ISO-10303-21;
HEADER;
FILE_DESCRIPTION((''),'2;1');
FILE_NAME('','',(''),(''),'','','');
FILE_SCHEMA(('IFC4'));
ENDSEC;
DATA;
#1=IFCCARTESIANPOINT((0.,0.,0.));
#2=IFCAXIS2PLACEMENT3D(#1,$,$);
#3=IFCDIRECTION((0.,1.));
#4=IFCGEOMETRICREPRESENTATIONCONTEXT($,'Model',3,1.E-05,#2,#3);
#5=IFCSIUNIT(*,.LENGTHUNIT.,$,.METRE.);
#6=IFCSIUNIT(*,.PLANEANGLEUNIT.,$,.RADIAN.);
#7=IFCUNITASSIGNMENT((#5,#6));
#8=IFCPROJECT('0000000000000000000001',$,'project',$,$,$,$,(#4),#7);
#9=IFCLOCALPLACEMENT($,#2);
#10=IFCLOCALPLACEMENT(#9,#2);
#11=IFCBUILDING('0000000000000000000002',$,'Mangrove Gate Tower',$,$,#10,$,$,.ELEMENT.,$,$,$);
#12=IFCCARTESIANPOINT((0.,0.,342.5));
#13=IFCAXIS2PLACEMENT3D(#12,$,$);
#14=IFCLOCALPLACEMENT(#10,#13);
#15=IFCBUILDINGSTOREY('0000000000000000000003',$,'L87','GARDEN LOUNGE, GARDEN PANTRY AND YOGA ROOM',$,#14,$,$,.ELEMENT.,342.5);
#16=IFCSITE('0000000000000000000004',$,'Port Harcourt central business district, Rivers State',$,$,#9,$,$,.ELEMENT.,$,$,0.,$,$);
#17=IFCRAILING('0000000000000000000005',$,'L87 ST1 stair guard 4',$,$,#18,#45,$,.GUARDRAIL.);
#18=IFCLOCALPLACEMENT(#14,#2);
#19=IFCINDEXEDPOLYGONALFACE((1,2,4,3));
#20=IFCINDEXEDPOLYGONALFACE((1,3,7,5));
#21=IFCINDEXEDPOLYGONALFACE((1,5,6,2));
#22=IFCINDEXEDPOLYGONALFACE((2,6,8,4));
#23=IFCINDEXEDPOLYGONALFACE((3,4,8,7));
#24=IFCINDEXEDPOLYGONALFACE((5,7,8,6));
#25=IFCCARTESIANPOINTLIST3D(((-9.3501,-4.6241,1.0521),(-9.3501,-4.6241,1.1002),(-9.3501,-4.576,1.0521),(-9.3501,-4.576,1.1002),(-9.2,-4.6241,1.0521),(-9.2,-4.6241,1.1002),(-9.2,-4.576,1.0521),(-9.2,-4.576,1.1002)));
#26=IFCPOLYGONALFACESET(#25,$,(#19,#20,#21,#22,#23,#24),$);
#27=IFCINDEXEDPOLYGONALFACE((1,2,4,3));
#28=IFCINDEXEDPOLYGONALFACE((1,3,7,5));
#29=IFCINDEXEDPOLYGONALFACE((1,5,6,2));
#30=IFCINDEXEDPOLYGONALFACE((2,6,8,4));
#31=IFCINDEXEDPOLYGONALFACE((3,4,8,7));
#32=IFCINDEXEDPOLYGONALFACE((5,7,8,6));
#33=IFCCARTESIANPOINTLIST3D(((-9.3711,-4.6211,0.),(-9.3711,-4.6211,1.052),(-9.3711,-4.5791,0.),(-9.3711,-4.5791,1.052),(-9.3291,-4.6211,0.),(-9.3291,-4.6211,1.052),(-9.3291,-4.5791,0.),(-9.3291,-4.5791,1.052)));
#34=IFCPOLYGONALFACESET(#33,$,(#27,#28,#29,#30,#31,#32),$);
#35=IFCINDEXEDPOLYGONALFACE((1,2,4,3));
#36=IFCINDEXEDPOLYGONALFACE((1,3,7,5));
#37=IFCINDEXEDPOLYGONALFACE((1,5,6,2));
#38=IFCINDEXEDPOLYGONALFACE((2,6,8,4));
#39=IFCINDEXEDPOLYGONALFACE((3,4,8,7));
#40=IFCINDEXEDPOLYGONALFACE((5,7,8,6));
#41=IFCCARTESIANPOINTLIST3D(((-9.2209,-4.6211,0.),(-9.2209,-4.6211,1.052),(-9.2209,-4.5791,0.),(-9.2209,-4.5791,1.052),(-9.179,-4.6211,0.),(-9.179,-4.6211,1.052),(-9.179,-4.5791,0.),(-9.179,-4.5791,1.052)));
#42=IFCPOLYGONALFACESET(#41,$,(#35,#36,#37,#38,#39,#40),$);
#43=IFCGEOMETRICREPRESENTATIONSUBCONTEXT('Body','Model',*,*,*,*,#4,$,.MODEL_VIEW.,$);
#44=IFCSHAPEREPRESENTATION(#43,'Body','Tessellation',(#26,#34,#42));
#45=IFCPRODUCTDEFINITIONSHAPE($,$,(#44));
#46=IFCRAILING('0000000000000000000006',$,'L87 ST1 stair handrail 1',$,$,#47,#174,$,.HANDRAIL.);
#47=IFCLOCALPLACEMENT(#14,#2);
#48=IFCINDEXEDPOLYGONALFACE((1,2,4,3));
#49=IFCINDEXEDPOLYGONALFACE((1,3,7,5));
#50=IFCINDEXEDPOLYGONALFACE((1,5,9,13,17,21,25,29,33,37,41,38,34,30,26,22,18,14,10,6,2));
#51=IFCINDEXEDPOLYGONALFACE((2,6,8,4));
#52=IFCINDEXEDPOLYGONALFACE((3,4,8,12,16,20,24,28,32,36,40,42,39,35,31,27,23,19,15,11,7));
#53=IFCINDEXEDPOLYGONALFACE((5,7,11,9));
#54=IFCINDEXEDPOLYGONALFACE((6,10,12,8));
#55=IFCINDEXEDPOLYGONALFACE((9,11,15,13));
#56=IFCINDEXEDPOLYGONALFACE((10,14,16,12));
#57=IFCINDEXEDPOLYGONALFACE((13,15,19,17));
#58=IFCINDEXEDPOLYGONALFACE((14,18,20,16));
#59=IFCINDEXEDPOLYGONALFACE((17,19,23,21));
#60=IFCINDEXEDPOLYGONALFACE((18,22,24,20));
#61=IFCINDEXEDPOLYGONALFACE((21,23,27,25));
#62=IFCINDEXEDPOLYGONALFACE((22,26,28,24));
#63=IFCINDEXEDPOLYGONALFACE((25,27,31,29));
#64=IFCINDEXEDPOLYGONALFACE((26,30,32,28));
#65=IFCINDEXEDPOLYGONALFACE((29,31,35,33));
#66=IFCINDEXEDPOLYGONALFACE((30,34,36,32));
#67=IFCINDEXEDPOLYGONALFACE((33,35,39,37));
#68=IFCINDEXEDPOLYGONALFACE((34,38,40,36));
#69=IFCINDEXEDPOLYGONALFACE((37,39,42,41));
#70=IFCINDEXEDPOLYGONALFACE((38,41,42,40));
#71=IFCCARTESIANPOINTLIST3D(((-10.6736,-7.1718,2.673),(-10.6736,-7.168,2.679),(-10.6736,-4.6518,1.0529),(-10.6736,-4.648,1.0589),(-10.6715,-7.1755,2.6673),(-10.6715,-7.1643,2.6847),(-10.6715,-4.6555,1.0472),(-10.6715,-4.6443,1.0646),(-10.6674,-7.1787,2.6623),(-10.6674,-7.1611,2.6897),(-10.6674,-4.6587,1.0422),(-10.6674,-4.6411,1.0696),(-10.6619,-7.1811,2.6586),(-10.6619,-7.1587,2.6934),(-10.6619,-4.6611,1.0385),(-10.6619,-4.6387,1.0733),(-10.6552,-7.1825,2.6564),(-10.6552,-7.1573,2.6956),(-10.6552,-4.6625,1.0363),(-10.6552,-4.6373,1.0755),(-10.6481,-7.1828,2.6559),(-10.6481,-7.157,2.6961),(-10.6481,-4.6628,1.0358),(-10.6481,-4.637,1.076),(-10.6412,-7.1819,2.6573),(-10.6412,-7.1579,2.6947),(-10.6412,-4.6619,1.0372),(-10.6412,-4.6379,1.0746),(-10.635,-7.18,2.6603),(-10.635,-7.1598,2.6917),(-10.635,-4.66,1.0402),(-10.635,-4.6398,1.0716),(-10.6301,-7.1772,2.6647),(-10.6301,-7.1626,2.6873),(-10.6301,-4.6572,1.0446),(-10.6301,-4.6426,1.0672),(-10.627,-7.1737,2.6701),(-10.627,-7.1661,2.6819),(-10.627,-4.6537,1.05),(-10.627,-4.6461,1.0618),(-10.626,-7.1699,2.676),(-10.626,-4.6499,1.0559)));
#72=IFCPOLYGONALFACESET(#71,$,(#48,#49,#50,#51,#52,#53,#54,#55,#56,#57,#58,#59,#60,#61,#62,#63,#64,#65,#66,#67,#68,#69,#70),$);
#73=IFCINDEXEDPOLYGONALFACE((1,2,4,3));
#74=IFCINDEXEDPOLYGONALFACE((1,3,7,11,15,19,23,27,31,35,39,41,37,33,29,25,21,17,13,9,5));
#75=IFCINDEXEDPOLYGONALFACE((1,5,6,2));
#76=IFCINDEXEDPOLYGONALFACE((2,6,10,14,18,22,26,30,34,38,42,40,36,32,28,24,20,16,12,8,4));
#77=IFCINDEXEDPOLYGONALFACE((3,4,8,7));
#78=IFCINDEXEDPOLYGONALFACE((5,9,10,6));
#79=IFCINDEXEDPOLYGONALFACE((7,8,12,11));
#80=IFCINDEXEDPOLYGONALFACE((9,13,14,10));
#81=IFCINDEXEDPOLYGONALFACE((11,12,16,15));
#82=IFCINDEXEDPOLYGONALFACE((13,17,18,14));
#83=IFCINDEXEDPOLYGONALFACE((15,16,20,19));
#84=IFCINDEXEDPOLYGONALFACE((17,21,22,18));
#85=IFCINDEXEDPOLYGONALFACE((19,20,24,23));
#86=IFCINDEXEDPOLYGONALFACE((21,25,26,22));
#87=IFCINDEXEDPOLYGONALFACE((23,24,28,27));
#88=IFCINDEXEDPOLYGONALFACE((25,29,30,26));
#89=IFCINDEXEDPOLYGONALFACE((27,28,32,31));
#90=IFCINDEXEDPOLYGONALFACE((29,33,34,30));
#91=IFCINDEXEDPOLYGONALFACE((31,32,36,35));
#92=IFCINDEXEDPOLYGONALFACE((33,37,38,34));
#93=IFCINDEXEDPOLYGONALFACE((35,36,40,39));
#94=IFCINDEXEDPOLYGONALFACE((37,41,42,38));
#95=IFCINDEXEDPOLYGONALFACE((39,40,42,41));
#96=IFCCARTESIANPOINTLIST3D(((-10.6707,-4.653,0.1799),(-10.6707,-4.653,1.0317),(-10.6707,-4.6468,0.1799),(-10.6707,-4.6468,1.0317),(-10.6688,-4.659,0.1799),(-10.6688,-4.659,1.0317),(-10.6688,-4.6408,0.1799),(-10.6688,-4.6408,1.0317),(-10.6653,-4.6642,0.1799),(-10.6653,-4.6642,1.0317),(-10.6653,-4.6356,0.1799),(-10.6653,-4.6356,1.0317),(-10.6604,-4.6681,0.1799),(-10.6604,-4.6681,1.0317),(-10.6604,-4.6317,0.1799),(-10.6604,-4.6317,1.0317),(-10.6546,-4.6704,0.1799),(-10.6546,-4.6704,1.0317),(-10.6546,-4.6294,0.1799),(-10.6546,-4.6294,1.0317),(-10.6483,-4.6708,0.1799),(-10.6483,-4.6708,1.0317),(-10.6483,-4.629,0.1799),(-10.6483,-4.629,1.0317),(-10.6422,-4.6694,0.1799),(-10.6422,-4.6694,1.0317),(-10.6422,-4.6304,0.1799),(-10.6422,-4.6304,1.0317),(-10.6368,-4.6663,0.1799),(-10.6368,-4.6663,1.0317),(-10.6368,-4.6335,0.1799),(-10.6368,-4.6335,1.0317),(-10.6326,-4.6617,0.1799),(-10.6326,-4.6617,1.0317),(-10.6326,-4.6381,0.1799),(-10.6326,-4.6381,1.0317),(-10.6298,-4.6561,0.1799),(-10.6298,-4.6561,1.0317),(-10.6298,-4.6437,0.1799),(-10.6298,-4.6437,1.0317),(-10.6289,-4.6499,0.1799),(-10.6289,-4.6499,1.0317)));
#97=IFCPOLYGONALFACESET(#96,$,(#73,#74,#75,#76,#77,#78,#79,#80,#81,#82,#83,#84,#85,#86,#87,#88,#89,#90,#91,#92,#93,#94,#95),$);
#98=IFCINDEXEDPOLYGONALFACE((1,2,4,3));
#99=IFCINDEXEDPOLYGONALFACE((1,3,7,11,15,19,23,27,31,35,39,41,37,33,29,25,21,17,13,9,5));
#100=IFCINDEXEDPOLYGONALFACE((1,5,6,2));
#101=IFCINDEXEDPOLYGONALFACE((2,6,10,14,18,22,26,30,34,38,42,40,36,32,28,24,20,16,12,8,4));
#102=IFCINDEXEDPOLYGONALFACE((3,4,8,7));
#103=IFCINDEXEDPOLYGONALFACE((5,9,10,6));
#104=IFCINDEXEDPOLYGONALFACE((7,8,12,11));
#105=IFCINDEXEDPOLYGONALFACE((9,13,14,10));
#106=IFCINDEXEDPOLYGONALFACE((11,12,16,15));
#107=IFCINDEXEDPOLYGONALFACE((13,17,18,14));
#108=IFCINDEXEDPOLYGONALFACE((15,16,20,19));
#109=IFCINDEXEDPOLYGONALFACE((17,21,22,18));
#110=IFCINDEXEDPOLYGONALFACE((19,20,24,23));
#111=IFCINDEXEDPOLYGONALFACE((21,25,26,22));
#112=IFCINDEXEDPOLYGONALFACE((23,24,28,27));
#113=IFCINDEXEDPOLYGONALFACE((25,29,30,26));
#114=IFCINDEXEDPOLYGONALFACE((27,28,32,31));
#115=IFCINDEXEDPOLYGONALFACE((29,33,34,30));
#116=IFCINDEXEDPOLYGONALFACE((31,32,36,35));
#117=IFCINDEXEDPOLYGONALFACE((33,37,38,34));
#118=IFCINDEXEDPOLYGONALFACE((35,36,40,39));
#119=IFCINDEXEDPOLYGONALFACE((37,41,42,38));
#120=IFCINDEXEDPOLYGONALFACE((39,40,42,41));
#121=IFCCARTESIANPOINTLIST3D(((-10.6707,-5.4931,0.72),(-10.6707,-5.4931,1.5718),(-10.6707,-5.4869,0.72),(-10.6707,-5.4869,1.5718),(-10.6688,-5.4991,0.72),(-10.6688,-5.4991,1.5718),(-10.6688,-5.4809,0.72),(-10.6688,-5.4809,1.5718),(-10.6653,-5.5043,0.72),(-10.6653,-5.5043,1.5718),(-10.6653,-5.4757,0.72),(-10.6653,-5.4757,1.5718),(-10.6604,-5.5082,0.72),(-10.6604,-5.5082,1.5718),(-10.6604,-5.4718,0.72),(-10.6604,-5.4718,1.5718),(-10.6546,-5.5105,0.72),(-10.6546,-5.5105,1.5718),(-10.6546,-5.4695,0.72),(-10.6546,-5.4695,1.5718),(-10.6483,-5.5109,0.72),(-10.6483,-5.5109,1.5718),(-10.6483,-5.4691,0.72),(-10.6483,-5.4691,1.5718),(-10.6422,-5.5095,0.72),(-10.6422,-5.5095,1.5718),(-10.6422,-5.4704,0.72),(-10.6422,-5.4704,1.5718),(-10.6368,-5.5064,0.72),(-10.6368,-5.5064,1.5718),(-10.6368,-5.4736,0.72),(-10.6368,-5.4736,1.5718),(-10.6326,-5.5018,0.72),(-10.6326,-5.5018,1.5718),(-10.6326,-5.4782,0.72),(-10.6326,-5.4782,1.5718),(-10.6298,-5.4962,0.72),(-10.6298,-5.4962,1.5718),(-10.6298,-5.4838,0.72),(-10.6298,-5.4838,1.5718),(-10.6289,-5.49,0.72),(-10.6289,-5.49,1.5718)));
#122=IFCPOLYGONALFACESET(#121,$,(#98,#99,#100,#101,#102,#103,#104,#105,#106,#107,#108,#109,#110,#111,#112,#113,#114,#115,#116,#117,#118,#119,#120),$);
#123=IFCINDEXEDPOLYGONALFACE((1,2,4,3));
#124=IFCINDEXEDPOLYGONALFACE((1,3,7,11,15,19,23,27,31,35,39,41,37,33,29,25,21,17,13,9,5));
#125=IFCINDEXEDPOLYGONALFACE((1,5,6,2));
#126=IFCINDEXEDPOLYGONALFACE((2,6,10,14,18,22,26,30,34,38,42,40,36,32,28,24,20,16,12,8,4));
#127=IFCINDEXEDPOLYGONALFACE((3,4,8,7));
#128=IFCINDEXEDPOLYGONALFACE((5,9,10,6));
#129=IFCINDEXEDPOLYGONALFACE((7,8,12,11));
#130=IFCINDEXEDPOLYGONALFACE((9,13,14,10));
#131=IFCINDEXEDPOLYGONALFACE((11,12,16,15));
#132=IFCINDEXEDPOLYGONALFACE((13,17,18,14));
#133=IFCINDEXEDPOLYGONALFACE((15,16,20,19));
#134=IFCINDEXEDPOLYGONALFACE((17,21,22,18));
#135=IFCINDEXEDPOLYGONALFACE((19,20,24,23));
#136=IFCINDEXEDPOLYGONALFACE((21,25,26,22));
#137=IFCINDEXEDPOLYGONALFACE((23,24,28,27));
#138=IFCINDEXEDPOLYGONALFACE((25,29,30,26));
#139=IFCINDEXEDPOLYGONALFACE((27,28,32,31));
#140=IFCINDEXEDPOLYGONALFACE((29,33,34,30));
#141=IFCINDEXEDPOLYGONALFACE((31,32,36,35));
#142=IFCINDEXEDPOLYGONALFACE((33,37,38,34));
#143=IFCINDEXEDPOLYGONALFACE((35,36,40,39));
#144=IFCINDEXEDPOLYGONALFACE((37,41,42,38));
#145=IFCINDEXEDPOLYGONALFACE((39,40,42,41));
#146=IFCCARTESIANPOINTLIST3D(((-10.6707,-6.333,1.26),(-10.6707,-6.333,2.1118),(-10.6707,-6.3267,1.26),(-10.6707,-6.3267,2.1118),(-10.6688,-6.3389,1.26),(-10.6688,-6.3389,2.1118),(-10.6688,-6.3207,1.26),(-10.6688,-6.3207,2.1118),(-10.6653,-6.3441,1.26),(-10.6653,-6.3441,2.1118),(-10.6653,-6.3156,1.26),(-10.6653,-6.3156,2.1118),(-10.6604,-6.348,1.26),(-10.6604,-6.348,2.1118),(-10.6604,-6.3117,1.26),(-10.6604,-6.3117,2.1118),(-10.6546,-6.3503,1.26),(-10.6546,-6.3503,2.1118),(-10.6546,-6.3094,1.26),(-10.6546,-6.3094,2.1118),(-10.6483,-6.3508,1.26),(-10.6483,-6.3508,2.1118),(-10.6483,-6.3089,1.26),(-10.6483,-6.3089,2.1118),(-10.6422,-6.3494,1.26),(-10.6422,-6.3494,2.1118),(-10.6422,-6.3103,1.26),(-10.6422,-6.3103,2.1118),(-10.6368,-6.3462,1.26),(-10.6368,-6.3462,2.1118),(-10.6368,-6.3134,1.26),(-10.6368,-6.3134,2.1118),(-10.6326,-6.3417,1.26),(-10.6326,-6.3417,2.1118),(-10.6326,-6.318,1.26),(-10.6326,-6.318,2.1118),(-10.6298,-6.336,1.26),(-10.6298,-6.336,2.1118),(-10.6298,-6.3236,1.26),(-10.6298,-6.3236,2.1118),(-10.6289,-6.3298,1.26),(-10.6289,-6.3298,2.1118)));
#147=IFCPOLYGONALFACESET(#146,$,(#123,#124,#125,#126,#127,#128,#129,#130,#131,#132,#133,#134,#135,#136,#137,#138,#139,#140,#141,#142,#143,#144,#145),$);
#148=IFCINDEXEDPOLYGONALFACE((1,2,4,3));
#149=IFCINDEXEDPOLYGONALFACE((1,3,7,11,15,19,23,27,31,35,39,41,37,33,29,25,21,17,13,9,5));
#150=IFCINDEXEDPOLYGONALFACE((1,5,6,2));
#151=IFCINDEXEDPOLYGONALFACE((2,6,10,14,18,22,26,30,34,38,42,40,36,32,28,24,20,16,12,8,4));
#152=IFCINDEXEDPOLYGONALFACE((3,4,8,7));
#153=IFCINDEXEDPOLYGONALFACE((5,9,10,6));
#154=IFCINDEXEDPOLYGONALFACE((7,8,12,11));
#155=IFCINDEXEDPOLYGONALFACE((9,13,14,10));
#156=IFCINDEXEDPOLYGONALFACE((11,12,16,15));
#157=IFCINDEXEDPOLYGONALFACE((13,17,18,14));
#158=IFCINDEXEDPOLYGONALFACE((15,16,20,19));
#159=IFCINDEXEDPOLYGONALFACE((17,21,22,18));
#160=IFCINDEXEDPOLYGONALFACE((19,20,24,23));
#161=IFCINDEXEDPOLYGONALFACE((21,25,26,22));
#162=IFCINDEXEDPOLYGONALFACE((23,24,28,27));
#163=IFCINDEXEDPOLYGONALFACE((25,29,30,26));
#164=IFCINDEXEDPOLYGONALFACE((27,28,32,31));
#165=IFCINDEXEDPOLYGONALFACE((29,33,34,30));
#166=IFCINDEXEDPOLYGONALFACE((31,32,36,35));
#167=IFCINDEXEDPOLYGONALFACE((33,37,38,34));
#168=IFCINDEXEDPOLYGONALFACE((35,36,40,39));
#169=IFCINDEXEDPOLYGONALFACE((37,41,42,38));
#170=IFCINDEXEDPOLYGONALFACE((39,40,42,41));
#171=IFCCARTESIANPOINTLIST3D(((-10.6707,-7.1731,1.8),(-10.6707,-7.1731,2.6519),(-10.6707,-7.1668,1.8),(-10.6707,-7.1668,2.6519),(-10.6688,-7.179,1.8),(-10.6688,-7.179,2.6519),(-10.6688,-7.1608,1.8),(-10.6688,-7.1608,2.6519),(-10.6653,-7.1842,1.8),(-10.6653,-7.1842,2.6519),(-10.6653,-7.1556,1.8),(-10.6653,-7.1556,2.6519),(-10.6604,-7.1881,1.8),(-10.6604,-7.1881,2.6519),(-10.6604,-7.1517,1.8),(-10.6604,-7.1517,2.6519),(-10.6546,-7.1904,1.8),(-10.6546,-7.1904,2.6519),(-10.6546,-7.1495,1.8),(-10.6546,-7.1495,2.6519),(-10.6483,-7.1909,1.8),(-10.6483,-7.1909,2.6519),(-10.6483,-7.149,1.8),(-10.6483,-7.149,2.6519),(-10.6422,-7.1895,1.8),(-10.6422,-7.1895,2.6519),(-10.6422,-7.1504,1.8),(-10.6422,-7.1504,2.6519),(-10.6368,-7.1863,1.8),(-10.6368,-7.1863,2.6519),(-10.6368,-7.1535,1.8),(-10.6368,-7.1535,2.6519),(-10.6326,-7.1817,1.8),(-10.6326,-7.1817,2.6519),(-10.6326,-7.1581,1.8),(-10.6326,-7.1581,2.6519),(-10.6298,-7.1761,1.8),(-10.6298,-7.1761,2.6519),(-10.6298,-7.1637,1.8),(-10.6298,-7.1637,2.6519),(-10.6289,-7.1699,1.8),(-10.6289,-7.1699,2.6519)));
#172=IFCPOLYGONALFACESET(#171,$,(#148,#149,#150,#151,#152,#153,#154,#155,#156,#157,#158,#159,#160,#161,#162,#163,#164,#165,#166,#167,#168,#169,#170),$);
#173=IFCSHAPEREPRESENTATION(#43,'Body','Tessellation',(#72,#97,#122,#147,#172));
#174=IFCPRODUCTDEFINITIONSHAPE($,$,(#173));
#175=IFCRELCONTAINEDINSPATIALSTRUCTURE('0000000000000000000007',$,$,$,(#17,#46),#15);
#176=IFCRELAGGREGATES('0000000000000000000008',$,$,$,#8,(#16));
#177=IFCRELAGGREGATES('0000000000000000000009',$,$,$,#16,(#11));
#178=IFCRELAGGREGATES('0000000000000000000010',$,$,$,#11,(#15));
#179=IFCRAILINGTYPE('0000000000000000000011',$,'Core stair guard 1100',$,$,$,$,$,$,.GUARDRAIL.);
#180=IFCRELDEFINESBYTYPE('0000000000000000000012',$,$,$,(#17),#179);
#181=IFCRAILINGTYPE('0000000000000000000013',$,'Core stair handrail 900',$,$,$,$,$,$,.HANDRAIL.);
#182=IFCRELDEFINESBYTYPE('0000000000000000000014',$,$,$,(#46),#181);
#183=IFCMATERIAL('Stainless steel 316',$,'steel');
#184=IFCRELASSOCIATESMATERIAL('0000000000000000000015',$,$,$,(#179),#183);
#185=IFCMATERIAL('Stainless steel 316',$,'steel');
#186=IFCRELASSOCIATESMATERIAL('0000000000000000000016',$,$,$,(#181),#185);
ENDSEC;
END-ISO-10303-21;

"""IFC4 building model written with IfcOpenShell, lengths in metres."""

from ifc_helpers import new_model, si_unit, direction, frame, origin, origin_2d, place, context, subcontext, project, spatial, rectangle, circle, extrude, material, type_object, element, save


model = new_model("IFC4")

# Units and contexts
model_context = context("Model", 3, precision=1e-05, world=origin(), true_north=direction((0.0, 1.0)))
body_context = subcontext(model_context, "Body", "Model", "MODEL_VIEW")
ifc_project = project(units=[si_unit("LENGTHUNIT", "METRE"), si_unit("PLANEANGLEUNIT", "RADIAN")], contexts=[model_context])

# Site, building, storey
site_placement = place(None, origin())
site = spatial("IfcSite", under=ifc_project, at=site_placement, Name="Port Harcourt central business district, Rivers State", CompositionType="ELEMENT", RefElevation=0.0)
building_placement = place(site_placement, origin())
building = spatial("IfcBuilding", under=site, at=building_placement, Name="Mangrove Gate Tower", CompositionType="ELEMENT")
storey_placement = place(building_placement, frame((0.0, 0.0, 342.5)))
storey = spatial("IfcBuildingStorey", under=building, at=storey_placement, Name="L87", Description="GARDEN LOUNGE, GARDEN PANTRY AND YOGA ROOM", CompositionType="ELEMENT", Elevation=342.5)

# Railings
ifc_material_1 = material(Name="Stainless steel 316", Category="steel")
railing_type_1 = type_object("IfcRailingType", Name="Core stair guard 1100", PredefinedType="GUARDRAIL", material=ifc_material_1)
railing_1_placement = place(storey_placement, frame((-9.3501, -4.6001, 0.0)))
element("IfcRailing", 1, at=railing_1_placement, inside=storey, type_object=railing_type_1, Name="L87 ST1 stair guard 4", PredefinedType="GUARDRAIL", context=body_context, shape_type="SweptSolid", body=[
    extrude(rectangle(XDim=0.0481, YDim=0.0481, at=origin_2d()), frame((0.0, 0.0, 1.0762), z_axis=(1.0, 0.0, 0.0), x_axis=(0.0, 1.0, 0.0)), (0.0, 0.0, 1.0), 0.1501),
    extrude(rectangle(XDim=0.042, YDim=0.042, at=origin_2d()), origin(), (0.0, 0.0, 1.0), 1.052),
    extrude(rectangle(XDim=0.042, YDim=0.042, at=origin_2d()), frame((0.1501, 0.0, 0.0)), (0.0, 0.0, 1.0), 1.052),
])
ifc_material_2 = material(Name="Stainless steel 316", Category="steel")
railing_type_2 = type_object("IfcRailingType", Name="Core stair handrail 900", PredefinedType="HANDRAIL", material=ifc_material_2)
railing_2_placement = place(storey_placement, frame((-10.6499, -4.6499, 0.1799)))
element("IfcRailing", 2, at=railing_2_placement, inside=storey, type_object=railing_type_2, Name="L87 ST1 stair handrail 1", PredefinedType="HANDRAIL", context=body_context, shape_type="SweptSolid", body=[
    extrude(circle(Radius=0.0239, at=origin_2d()), frame((0.0, 0.0, 0.876), z_axis=(0.0, -0.841163, 0.540782), x_axis=(1.0, 0.0, 0.0)), (0.0, 0.0, 1.0), 2.9958),
    extrude(circle(Radius=0.021, at=origin_2d()), origin(), (0.0, 0.0, 1.0), 0.8518),
    extrude(circle(Radius=0.021, at=origin_2d()), frame((0.0, -0.8401, 0.54)), (0.0, 0.0, 1.0), 0.8518),
    extrude(circle(Radius=0.021, at=origin_2d()), frame((0.0, -1.6799, 1.0801)), (0.0, 0.0, 1.0), 0.8518),
    extrude(circle(Radius=0.021, at=origin_2d()), frame((0.0, -2.52, 1.6201)), (0.0, 0.0, 1.0), 0.8518),
])

save(model, "model.ifc")
